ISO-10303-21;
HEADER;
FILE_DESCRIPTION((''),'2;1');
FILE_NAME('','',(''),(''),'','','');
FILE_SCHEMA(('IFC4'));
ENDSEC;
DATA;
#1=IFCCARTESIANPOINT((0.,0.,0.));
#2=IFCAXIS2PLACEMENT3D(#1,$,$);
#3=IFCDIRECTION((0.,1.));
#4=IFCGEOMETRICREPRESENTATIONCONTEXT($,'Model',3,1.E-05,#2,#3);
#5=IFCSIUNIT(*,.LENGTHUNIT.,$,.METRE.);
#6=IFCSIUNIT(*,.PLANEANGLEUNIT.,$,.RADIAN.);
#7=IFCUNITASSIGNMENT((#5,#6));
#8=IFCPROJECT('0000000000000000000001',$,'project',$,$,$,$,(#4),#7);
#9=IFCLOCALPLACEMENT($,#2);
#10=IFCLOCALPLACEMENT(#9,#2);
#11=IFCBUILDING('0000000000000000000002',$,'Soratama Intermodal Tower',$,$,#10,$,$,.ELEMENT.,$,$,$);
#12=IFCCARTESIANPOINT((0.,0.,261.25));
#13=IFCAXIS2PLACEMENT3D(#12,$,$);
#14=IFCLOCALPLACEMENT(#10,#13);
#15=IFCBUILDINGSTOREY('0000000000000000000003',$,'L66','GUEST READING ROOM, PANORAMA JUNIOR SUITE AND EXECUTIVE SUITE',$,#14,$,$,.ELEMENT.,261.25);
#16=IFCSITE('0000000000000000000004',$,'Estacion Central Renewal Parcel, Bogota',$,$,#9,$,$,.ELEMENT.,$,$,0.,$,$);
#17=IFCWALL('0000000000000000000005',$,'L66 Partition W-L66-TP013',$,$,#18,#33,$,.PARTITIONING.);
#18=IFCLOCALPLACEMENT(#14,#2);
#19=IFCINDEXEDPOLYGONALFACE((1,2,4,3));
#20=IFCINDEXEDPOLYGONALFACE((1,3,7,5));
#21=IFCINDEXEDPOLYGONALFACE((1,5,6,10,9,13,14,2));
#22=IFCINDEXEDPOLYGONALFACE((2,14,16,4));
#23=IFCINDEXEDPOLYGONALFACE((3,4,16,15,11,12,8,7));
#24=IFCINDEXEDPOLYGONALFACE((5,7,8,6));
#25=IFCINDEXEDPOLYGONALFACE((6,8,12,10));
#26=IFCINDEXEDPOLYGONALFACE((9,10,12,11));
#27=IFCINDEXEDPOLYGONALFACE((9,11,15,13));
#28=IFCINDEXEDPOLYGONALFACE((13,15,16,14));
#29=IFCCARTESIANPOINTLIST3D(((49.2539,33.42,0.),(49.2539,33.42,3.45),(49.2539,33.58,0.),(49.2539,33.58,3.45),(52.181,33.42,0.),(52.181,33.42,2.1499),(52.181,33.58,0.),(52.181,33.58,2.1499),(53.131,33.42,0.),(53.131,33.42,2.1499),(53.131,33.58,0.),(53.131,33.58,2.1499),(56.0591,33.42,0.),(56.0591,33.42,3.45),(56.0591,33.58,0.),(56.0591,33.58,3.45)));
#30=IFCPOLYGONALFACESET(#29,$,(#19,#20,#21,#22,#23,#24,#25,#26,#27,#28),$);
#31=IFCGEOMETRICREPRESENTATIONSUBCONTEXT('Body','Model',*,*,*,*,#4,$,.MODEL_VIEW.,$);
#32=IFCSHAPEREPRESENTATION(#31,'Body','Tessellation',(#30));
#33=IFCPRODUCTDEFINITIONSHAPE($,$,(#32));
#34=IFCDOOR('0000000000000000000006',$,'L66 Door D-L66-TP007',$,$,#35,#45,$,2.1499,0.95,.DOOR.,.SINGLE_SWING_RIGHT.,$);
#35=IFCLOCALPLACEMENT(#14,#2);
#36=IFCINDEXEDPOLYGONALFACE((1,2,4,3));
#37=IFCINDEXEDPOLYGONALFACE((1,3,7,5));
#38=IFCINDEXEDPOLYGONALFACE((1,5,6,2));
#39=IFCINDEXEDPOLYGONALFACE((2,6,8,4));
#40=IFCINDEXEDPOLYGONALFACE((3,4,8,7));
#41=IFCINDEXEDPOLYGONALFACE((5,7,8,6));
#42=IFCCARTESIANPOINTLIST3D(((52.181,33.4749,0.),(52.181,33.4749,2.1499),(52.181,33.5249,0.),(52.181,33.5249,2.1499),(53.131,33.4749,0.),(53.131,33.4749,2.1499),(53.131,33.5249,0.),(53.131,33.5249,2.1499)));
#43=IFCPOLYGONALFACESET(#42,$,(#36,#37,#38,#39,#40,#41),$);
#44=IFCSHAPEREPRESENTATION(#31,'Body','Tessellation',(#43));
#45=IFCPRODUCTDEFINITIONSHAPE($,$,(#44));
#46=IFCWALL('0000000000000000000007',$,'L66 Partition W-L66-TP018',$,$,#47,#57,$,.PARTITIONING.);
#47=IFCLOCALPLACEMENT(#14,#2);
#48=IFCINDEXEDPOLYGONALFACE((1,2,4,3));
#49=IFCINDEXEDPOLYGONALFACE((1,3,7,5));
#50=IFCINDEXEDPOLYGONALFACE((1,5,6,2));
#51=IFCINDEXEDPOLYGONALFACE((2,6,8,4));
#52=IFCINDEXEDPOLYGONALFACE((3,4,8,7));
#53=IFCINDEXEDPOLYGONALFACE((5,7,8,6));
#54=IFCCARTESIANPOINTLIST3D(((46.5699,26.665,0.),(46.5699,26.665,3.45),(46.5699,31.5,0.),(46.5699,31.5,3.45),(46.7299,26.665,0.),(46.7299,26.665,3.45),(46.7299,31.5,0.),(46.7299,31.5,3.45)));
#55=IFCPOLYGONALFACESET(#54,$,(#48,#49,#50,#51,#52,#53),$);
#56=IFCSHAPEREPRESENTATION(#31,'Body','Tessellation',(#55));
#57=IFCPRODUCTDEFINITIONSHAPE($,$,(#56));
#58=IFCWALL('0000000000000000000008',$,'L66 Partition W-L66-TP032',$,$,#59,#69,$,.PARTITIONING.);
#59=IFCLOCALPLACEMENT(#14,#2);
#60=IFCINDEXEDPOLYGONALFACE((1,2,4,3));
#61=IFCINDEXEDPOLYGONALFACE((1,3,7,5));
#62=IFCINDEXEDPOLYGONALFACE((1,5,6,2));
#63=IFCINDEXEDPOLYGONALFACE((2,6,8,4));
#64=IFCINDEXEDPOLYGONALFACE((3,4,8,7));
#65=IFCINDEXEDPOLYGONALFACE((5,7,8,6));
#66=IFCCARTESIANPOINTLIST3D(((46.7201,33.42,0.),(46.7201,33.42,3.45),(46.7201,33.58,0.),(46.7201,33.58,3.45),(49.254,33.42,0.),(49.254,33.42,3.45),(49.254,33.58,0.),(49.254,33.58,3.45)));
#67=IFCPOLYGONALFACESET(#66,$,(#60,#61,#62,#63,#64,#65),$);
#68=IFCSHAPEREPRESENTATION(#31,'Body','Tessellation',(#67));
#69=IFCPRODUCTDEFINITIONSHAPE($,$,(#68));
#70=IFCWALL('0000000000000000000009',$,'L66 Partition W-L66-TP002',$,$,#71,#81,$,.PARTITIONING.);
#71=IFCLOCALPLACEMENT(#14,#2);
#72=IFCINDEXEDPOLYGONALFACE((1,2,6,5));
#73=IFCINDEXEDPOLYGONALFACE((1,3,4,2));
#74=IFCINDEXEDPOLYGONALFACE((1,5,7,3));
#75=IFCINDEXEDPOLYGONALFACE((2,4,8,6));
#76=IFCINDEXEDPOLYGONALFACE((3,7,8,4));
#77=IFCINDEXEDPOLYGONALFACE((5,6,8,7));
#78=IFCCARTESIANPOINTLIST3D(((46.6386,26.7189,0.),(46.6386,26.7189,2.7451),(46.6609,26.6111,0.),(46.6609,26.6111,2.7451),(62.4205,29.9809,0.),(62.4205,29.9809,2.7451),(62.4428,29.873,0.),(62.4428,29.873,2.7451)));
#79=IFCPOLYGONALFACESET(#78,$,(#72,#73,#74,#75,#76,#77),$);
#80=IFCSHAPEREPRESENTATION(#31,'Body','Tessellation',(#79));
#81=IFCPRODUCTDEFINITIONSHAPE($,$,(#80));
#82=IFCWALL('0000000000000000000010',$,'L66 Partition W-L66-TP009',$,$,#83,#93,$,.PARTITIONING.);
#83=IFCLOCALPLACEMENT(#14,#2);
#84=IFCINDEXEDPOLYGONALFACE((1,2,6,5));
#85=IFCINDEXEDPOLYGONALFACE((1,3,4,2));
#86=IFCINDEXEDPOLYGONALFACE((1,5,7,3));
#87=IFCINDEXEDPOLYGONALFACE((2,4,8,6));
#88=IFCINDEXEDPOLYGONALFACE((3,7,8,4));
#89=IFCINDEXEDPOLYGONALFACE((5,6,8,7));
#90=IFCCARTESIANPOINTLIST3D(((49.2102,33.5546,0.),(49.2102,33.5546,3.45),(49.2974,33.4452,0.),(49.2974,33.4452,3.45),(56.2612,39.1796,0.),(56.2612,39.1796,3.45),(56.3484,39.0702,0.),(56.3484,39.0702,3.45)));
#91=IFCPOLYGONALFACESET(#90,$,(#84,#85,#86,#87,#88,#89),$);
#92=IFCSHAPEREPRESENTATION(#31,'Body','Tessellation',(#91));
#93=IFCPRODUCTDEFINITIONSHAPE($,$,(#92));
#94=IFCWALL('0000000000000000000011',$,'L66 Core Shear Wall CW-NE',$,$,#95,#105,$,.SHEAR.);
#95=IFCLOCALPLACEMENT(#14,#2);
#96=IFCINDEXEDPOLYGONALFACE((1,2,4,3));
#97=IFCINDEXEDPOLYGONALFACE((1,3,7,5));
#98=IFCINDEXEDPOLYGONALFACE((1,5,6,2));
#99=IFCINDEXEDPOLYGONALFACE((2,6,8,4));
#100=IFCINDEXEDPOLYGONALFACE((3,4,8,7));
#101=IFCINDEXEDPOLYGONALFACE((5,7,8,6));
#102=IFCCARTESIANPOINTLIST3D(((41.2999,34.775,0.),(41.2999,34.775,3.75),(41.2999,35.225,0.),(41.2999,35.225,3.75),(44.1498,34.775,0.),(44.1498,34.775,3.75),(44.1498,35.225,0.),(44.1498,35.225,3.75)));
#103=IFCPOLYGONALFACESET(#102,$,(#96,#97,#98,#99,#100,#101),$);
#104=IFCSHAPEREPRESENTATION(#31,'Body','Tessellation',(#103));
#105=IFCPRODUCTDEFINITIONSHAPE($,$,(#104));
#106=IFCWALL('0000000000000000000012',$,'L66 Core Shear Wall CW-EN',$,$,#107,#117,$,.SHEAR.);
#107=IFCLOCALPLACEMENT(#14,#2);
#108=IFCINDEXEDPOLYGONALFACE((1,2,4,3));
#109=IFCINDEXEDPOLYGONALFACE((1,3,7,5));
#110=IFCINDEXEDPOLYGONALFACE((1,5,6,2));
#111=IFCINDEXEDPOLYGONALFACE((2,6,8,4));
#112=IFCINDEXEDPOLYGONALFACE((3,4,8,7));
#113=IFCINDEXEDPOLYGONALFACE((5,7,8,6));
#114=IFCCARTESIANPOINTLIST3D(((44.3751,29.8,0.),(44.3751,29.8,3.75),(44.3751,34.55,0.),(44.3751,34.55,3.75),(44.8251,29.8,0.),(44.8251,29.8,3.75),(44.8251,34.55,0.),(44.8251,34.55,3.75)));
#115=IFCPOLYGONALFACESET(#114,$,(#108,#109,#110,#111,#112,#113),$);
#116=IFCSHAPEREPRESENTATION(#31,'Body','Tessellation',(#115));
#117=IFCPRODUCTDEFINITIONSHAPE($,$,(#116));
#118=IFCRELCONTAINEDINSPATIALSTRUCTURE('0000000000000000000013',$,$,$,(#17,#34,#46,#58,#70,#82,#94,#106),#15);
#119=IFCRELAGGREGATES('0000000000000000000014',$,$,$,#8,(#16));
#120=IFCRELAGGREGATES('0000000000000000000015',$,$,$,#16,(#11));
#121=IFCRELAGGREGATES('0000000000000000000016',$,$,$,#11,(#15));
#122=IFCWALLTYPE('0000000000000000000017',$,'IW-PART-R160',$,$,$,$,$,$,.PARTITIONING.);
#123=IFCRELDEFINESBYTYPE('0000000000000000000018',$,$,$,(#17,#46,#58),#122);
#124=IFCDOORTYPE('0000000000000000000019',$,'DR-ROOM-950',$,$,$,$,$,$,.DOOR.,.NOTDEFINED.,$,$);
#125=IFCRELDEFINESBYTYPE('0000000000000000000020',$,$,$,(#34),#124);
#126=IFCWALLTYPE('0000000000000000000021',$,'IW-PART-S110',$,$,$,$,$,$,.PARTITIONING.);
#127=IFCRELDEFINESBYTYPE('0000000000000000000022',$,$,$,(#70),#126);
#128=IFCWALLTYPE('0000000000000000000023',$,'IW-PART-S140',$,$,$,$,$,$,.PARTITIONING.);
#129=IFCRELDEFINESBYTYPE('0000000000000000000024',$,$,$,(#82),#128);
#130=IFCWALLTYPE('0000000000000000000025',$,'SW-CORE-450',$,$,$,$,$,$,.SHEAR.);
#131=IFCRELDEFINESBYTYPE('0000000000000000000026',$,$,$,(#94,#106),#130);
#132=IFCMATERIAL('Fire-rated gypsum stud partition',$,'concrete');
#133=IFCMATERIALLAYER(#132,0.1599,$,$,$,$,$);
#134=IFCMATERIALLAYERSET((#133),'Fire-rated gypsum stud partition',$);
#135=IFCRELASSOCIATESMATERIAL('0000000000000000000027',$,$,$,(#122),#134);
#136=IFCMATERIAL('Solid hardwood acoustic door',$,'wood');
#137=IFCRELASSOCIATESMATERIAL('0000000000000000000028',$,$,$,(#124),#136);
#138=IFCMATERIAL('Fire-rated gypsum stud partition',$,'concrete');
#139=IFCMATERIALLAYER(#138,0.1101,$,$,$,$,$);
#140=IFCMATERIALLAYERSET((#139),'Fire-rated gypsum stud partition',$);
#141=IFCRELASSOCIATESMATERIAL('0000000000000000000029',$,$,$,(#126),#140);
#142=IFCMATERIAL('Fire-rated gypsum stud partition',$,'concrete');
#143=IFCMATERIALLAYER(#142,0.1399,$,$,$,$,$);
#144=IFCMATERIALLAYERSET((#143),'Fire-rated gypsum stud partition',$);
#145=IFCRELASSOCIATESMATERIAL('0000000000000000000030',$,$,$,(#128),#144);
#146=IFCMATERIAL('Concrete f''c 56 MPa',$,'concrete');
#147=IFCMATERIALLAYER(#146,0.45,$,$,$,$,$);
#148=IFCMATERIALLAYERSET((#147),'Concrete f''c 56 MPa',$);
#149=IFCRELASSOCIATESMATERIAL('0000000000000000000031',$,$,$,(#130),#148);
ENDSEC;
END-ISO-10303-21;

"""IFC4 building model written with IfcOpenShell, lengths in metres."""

from ifc_helpers import new_model, si_unit, direction, frame, frame_2d, origin, place, context, subcontext, project, spatial, rectangle, extrude, material, layer, layer_set, type_object, element, fill, save


model = new_model("IFC4")

# Units and contexts
model_context = context("Model", 3, precision=1e-05, world=origin(), true_north=direction((0.0, 1.0)))
body_context = subcontext(model_context, "Body", "Model", "MODEL_VIEW")
ifc_project = project(units=[si_unit("LENGTHUNIT", "METRE"), si_unit("PLANEANGLEUNIT", "RADIAN")], contexts=[model_context])

# Site, building, storey
site_placement = place(None, origin())
site = spatial("IfcSite", under=ifc_project, at=site_placement, Name="Estacion Central Renewal Parcel, Bogota", CompositionType="ELEMENT", RefElevation=0.0)
building_placement = place(site_placement, origin())
building = spatial("IfcBuilding", under=site, at=building_placement, Name="Soratama Intermodal Tower", CompositionType="ELEMENT")
storey_placement = place(building_placement, frame((0.0, 0.0, 261.25)))
storey = spatial("IfcBuildingStorey", under=building, at=storey_placement, Name="L66", Description="GUEST READING ROOM, PANORAMA JUNIOR SUITE AND EXECUTIVE SUITE", CompositionType="ELEMENT", Elevation=261.25)

# Wall, opening, door
ifc_material_1 = material(Name="Fire-rated gypsum stud partition", Category="concrete")
ifc_layer_1 = layer(ifc_material_1, 0.1599)
ifc_layer_set_1 = layer_set([ifc_layer_1], Name="Fire-rated gypsum stud partition")
wall_type_1 = type_object("IfcWallType", Name="IW-PART-R160", PredefinedType="PARTITIONING", material=ifc_layer_set_1)
wall_1_placement = place(storey_placement, frame((49.2539, 33.5, 0.0), z_axis=(0.0, 0.0, 1.0), x_axis=(1.0, 0.0, 0.0)))
wall_1 = element("IfcWall", 1, at=wall_1_placement, inside=storey, type_object=wall_type_1, Name="L66 Partition W-L66-TP013", PredefinedType="PARTITIONING", context=body_context, shape_type="SweptSolid", body=[
    extrude(rectangle(XDim=6.8052, YDim=0.1599, at=frame_2d((3.4026, 0.0))), origin(), (0.0, 0.0, 1.0), 3.45),
])
opening_1_placement = place(wall_1_placement, frame((2.927, 0.0, 0.0)))
opening_1 = element("IfcOpeningElement", 2, at=opening_1_placement, cuts=wall_1, PredefinedType="OPENING", context=body_context, shape_type="SweptSolid", body=[
    extrude(rectangle(XDim=0.95, YDim=2.1499, at=frame_2d((0.4751, 1.075))), frame((0.0, 0.0898, 0.0), z_axis=(0.0, -1.0, 0.0), x_axis=(1.0, 0.0, 0.0)), (0.0, 0.0, 1.0), 0.1799),
])
ifc_material_2 = material(Name="Solid hardwood acoustic door", Category="wood")
door_type_1 = type_object("IfcDoorType", Name="DR-ROOM-950", OperationType="NOTDEFINED", PredefinedType="DOOR", material=ifc_material_2)
door_1_placement = place(opening_1_placement, origin())
door_1 = element("IfcDoor", 3, at=door_1_placement, inside=storey, type_object=door_type_1, Name="L66 Door D-L66-TP007", OperationType="SINGLE_SWING_RIGHT", OverallHeight=2.1499, OverallWidth=0.95, PredefinedType="DOOR", context=body_context, shape_type="SweptSolid", body=[
    extrude(rectangle(XDim=0.95, YDim=2.1499, at=frame_2d((0.4751, 1.075))), frame((0.0, 0.0249, 0.0), z_axis=(0.0, -1.0, 0.0), x_axis=(1.0, 0.0, 0.0)), (0.0, 0.0, 1.0), 0.05),
])
fill(opening_1, door_1)

# Walls
wall_2_placement = place(storey_placement, frame((46.6499, 31.5, 0.0), z_axis=(0.0, 0.0, 1.0), x_axis=(0.0, -1.0, 0.0)))
element("IfcWall", 4, at=wall_2_placement, inside=storey, type_object=wall_type_1, Name="L66 Partition W-L66-TP018", PredefinedType="PARTITIONING", context=body_context, shape_type="SweptSolid", body=[
    extrude(rectangle(XDim=4.835, YDim=0.1599, at=frame_2d((2.4175, 0.0))), origin(), (0.0, 0.0, 1.0), 3.45),
])
wall_3_placement = place(storey_placement, frame((46.72, 33.5, 0.0), z_axis=(0.0, 0.0, 1.0), x_axis=(1.0, 0.0, 0.0)))
element("IfcWall", 5, at=wall_3_placement, inside=storey, type_object=wall_type_1, Name="L66 Partition W-L66-TP032", PredefinedType="PARTITIONING", context=body_context, shape_type="SweptSolid", body=[
    extrude(rectangle(XDim=2.5339, YDim=0.1599, at=frame_2d((1.2671, 0.0))), origin(), (0.0, 0.0, 1.0), 3.45),
])

# Walls
ifc_material_3 = material(Name="Fire-rated gypsum stud partition", Category="concrete")
ifc_layer_2 = layer(ifc_material_3, 0.1101)
ifc_layer_set_2 = layer_set([ifc_layer_2], Name="Fire-rated gypsum stud partition")
wall_type_2 = type_object("IfcWallType", Name="IW-PART-S110", PredefinedType="PARTITIONING", material=ifc_layer_set_2)
wall_4_placement = place(storey_placement, frame((46.6499, 26.665, 0.0), z_axis=(0.0, 0.0, 1.0), x_axis=(0.979301, 0.202411, 0.0)))
element("IfcWall", 6, at=wall_4_placement, inside=storey, type_object=wall_type_2, Name="L66 Partition W-L66-TP002", PredefinedType="PARTITIONING", context=body_context, shape_type="SweptSolid", body=[
    extrude(rectangle(XDim=16.1155, YDim=0.1101, at=frame_2d((8.0576, 0.0))), origin(), (0.0, 0.0, 1.0), 2.7451),
])
ifc_material_4 = material(Name="Fire-rated gypsum stud partition", Category="concrete")
ifc_layer_3 = layer(ifc_material_4, 0.1399)
ifc_layer_set_3 = layer_set([ifc_layer_3], Name="Fire-rated gypsum stud partition")
wall_type_3 = type_object("IfcWallType", Name="IW-PART-S140", PredefinedType="PARTITIONING", material=ifc_layer_set_3)
wall_5_placement = place(storey_placement, frame((49.2539, 33.5, 0.0), z_axis=(0.0, 0.0, 1.0), x_axis=(0.781724, 0.623625, 0.0)))
element("IfcWall", 7, at=wall_5_placement, inside=storey, type_object=wall_type_3, Name="L66 Partition W-L66-TP009", PredefinedType="PARTITIONING", context=body_context, shape_type="SweptSolid", body=[
    extrude(rectangle(XDim=9.0198, YDim=0.1399, at=frame_2d((4.5098, 0.0))), origin(), (0.0, 0.0, 1.0), 3.45),
])
ifc_material_5 = material(Name="Concrete f'c 56 MPa", Category="concrete")
ifc_layer_4 = layer(ifc_material_5, 0.45)
ifc_layer_set_4 = layer_set([ifc_layer_4], Name="Concrete f'c 56 MPa")
wall_type_4 = type_object("IfcWallType", Name="SW-CORE-450", PredefinedType="SHEAR", material=ifc_layer_set_4)
wall_6_placement = place(storey_placement, frame((41.3, 35.0, 0.0), z_axis=(0.0, 0.0, 1.0), x_axis=(1.0, 0.0, 0.0)))
element("IfcWall", 8, at=wall_6_placement, inside=storey, type_object=wall_type_4, Name="L66 Core Shear Wall CW-NE", PredefinedType="SHEAR", context=body_context, shape_type="SweptSolid", body=[
    extrude(rectangle(XDim=2.8499, YDim=0.45, at=frame_2d((1.4248, 0.0))), origin(), (0.0, 0.0, 1.0), 3.75),
])
wall_7_placement = place(storey_placement, frame((44.6001, 29.8, 0.0), z_axis=(0.0, 0.0, 1.0), x_axis=(0.0, 1.0, 0.0)))
element("IfcWall", 9, at=wall_7_placement, inside=storey, type_object=wall_type_4, Name="L66 Core Shear Wall CW-EN", PredefinedType="SHEAR", context=body_context, shape_type="SweptSolid", body=[
    extrude(rectangle(XDim=4.75, YDim=0.45, at=frame_2d((2.375, 0.0))), origin(), (0.0, 0.0, 1.0), 3.75),
])

save(model, "model.ifc")
